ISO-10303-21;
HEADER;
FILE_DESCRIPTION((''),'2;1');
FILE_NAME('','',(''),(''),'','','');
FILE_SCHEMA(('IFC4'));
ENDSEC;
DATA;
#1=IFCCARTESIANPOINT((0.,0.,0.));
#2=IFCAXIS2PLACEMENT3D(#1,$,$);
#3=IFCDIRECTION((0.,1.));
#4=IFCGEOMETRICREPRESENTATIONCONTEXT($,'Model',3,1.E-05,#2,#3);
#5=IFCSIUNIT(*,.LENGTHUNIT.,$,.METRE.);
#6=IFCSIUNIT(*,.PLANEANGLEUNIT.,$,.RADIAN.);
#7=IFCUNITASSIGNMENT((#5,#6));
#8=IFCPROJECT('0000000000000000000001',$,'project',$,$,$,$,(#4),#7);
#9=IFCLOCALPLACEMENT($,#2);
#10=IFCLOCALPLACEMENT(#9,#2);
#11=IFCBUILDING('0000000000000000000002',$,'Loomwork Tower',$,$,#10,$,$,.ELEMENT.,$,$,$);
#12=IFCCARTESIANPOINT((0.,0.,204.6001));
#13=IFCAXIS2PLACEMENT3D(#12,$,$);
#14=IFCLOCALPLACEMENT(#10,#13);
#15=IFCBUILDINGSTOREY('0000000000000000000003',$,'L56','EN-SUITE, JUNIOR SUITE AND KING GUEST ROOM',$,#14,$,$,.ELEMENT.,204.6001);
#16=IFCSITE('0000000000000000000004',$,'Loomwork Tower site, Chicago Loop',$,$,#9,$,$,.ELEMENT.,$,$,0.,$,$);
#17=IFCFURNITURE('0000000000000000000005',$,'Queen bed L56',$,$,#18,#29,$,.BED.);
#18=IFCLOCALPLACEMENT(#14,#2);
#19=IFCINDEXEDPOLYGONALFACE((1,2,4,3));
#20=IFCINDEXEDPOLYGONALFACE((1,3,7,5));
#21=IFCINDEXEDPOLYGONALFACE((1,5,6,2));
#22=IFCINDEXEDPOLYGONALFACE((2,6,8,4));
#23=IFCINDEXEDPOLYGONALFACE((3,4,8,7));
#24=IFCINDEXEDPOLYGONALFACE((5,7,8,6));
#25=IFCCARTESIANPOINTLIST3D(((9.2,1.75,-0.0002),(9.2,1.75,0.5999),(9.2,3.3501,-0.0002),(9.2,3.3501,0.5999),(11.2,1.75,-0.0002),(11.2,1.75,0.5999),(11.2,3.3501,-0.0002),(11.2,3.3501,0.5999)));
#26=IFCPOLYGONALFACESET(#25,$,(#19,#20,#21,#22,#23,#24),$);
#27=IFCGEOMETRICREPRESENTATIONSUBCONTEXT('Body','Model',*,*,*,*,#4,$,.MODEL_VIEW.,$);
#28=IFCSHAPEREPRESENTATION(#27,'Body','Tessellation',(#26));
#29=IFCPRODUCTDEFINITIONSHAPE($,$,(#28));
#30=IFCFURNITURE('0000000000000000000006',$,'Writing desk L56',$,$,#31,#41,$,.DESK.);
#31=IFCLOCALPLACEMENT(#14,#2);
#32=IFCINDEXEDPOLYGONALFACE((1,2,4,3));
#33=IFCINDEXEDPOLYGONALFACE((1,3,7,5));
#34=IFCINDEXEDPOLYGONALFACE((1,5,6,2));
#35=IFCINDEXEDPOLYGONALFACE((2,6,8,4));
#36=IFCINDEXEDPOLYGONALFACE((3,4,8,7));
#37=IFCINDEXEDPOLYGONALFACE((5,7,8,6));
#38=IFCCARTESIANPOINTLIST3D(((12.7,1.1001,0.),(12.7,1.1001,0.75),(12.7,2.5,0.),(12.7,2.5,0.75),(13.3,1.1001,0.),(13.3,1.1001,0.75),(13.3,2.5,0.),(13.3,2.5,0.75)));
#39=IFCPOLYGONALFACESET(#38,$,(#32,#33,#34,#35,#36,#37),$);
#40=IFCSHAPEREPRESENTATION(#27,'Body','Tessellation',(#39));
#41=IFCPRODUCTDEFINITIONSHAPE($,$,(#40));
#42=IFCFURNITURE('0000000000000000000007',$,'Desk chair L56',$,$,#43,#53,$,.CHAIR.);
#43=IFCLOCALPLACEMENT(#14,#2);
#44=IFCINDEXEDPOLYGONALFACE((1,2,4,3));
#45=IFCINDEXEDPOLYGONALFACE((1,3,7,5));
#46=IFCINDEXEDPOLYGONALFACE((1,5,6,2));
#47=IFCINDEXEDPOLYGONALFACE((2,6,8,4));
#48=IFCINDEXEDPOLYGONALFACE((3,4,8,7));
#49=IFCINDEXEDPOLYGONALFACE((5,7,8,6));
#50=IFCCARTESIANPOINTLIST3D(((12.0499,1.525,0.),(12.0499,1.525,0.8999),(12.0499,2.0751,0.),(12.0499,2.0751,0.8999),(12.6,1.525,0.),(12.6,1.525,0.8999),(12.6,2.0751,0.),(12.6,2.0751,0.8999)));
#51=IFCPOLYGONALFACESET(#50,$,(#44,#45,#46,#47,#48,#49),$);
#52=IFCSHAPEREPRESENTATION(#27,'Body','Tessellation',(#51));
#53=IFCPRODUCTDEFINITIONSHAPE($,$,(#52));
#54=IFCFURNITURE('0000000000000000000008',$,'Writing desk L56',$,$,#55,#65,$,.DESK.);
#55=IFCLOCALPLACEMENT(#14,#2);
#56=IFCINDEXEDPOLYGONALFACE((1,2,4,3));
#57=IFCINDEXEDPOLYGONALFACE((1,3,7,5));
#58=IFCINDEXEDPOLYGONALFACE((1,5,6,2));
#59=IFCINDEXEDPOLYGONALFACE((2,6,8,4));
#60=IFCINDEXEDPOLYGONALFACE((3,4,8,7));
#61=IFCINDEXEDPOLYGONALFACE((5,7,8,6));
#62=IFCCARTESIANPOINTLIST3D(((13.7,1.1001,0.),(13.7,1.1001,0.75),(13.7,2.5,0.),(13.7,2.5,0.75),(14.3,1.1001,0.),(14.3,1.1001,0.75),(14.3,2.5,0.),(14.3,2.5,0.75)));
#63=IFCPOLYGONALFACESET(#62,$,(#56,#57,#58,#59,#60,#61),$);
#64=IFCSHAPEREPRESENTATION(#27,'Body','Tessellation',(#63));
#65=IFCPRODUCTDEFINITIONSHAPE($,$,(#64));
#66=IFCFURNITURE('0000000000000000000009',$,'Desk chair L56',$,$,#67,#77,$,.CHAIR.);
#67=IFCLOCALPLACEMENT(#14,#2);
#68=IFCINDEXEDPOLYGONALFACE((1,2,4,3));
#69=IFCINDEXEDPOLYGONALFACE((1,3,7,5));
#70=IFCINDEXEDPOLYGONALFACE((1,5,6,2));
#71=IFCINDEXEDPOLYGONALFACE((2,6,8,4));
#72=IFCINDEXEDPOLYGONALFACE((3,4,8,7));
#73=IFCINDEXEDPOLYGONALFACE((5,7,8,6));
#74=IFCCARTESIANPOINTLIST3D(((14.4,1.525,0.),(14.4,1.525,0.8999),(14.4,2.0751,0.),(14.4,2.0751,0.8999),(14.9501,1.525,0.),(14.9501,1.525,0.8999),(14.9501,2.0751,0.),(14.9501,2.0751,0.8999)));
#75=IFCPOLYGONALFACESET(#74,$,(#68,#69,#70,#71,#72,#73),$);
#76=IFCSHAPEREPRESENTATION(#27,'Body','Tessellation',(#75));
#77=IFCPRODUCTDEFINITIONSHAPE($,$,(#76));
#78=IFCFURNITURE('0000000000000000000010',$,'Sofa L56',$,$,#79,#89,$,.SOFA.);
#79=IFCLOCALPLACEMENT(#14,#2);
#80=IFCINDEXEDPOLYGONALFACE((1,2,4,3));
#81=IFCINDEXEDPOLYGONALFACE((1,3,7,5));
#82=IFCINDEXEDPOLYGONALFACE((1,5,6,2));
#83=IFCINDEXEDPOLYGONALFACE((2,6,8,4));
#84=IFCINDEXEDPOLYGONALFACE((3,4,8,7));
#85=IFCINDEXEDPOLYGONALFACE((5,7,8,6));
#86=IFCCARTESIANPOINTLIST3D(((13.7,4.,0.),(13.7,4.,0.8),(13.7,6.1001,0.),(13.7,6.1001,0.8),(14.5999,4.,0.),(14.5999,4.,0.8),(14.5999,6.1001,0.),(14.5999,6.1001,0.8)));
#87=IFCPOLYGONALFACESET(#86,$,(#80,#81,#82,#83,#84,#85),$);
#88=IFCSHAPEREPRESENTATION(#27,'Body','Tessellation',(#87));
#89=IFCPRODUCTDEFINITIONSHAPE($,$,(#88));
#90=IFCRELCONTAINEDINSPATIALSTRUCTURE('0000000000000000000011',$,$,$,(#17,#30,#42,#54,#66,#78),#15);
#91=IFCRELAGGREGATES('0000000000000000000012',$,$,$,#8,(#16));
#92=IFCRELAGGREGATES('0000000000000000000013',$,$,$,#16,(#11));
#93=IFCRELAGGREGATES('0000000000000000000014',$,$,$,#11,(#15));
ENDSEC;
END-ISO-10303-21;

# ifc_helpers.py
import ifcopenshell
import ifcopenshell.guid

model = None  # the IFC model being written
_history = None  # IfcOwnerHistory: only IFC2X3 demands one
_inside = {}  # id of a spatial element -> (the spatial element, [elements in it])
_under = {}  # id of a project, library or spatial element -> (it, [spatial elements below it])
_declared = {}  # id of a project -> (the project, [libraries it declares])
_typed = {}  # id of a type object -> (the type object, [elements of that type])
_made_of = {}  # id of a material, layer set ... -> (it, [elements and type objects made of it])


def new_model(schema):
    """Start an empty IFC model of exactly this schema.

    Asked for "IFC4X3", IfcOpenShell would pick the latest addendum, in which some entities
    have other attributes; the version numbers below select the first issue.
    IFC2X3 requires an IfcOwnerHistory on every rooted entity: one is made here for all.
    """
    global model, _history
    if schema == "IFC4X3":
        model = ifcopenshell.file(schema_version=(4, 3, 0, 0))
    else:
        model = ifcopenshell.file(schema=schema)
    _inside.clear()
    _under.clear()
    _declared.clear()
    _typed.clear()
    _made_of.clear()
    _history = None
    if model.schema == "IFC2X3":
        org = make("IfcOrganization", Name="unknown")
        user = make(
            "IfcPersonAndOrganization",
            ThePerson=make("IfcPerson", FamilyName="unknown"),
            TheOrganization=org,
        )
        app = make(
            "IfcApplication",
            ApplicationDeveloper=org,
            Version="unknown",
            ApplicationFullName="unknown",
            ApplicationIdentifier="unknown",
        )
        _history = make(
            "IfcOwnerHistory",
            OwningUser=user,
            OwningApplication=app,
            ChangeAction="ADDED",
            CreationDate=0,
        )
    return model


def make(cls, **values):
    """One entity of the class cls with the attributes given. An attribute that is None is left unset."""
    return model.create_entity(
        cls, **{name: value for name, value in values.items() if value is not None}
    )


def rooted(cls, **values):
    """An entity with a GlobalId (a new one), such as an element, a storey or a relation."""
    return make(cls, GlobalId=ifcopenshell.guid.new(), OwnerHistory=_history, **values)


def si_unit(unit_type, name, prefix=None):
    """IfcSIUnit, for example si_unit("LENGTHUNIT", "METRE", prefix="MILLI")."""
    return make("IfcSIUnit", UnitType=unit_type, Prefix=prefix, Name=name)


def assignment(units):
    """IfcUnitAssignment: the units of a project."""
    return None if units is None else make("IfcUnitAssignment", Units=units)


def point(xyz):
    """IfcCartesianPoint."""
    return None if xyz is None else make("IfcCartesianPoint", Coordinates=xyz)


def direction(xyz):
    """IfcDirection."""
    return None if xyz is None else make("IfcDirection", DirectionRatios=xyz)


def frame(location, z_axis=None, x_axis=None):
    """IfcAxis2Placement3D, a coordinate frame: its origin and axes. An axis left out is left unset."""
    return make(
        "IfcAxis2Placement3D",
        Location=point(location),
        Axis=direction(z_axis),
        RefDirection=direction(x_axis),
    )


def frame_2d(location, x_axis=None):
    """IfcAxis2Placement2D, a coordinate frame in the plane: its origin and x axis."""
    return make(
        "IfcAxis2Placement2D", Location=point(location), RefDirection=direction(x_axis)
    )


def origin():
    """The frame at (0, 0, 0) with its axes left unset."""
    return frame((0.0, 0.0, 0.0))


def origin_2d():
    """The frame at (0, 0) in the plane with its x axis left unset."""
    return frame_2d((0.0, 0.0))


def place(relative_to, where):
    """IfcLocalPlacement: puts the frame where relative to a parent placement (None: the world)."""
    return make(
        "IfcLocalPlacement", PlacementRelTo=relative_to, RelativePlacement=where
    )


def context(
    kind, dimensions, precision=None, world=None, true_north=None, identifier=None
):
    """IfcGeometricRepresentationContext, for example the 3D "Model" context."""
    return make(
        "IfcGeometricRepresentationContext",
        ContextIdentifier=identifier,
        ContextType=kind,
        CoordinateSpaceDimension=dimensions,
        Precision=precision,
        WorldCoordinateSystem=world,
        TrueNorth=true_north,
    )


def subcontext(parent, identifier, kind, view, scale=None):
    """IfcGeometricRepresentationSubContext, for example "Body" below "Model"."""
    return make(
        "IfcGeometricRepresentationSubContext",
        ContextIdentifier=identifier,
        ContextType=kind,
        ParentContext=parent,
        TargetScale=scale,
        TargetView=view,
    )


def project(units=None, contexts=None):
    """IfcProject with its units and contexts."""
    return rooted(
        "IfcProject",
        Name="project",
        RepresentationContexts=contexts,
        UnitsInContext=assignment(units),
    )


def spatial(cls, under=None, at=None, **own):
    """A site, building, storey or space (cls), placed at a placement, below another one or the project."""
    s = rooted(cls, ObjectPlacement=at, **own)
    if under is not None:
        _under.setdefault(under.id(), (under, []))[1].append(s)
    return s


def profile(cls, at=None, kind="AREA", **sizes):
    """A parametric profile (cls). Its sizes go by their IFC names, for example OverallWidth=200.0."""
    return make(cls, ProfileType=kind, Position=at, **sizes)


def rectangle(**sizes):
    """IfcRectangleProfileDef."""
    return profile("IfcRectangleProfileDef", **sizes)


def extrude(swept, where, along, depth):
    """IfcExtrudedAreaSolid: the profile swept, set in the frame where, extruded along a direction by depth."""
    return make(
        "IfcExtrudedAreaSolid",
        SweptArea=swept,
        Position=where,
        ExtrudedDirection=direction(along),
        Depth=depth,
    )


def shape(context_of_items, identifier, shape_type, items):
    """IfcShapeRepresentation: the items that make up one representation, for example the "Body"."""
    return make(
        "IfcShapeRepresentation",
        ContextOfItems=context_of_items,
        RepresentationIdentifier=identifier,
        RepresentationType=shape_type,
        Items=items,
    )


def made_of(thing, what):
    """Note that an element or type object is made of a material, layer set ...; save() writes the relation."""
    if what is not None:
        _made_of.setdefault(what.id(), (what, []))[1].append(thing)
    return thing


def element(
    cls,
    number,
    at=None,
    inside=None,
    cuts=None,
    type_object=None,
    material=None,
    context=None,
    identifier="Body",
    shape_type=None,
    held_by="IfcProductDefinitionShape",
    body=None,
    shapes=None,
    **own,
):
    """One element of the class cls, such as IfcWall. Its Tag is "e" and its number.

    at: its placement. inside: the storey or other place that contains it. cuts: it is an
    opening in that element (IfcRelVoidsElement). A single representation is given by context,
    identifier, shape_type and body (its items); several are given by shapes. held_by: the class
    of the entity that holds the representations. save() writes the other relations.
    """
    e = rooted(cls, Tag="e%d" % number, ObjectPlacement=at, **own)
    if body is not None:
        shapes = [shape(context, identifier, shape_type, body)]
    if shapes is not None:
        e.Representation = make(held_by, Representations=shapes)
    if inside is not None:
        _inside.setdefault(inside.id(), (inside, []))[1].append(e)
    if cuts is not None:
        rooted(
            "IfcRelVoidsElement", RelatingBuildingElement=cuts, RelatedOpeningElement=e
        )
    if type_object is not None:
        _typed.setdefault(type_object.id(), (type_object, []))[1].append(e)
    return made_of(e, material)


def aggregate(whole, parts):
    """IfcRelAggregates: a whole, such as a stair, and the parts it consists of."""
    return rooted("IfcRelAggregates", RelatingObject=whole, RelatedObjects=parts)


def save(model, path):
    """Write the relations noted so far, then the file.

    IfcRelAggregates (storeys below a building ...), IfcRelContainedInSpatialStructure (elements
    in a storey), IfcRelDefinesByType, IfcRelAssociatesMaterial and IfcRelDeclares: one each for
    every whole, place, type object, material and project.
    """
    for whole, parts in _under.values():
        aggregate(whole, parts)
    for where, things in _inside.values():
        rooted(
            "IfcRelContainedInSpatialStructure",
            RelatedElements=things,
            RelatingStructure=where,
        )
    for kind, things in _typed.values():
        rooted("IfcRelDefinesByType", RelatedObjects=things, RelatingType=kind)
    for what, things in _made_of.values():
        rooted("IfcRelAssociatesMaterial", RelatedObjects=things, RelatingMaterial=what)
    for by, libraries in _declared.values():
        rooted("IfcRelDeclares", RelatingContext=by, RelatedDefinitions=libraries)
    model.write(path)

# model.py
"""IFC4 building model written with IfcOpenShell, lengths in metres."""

from ifc_helpers import new_model, si_unit, direction, frame, origin, origin_2d, place, context, subcontext, project, spatial, rectangle, extrude, element, save


model = new_model("IFC4")

# Units and contexts
model_context = context("Model", 3, precision=1e-05, world=origin(), true_north=direction((0.0, 1.0)))
body_context = subcontext(model_context, "Body", "Model", "MODEL_VIEW")
ifc_project = project(units=[si_unit("LENGTHUNIT", "METRE"), si_unit("PLANEANGLEUNIT", "RADIAN")], contexts=[model_context])

# Site, building, storey
site_placement = place(None, origin())
site = spatial("IfcSite", under=ifc_project, at=site_placement, Name="Loomwork Tower site, Chicago Loop", CompositionType="ELEMENT", RefElevation=0.0)
building_placement = place(site_placement, origin())
building = spatial("IfcBuilding", under=site, at=building_placement, Name="Loomwork Tower", CompositionType="ELEMENT")
storey_placement = place(building_placement, frame((0.0, 0.0, 204.6001)))
storey = spatial("IfcBuildingStorey", under=building, at=storey_placement, Name="L56", Description="EN-SUITE, JUNIOR SUITE AND KING GUEST ROOM", CompositionType="ELEMENT", Elevation=204.6001)

# Furniture
for number, where, z_axis, x_axis, name in (
    (1, (10.2, 2.55, -0.0002), (0.0, 0.0, 1.0), (1.0, 0.0, 0.0), "Queen bed L56"),
):
    element("IfcFurniture", number, at=place(storey_placement, frame(where, z_axis=z_axis, x_axis=x_axis)), inside=storey, Name=name, PredefinedType="BED", context=body_context, shape_type="SweptSolid", body=[
        extrude(rectangle(XDim=2.0, YDim=1.6001, at=origin_2d()), origin(), (0.0, 0.0, 1.0), 0.6001),
    ])
furniture_1_placement = place(storey_placement, frame((13.0, 1.8, 0.0), z_axis=(0.0, 0.0, 1.0), x_axis=(1.0, 0.0, 0.0)))
element("IfcFurniture", 2, at=furniture_1_placement, inside=storey, Name="Writing desk L56", PredefinedType="DESK", context=body_context, shape_type="SweptSolid", body=[
    extrude(rectangle(XDim=0.6001, YDim=1.3999, at=origin_2d()), origin(), (0.0, 0.0, 1.0), 0.75),
])
furniture_2_placement = place(storey_placement, frame((12.325, 1.8, 0.0), z_axis=(0.0, 0.0, 1.0), x_axis=(1.0, 0.0, 0.0)))
element("IfcFurniture", 3, at=furniture_2_placement, inside=storey, Name="Desk chair L56", PredefinedType="CHAIR", context=body_context, shape_type="SweptSolid", body=[
    extrude(rectangle(XDim=0.55, YDim=0.55, at=origin_2d()), origin(), (0.0, 0.0, 1.0), 0.8999),
])
furniture_3_placement = place(storey_placement, frame((14.0, 1.8, 0.0), z_axis=(0.0, 0.0, 1.0), x_axis=(1.0, 0.0, 0.0)))
element("IfcFurniture", 4, at=furniture_3_placement, inside=storey, Name="Writing desk L56", PredefinedType="DESK", context=body_context, shape_type="SweptSolid", body=[
    extrude(rectangle(XDim=0.6001, YDim=1.3999, at=origin_2d()), origin(), (0.0, 0.0, 1.0), 0.75),
])
furniture_4_placement = place(storey_placement, frame((14.675, 1.8, 0.0), z_axis=(0.0, 0.0, 1.0), x_axis=(1.0, 0.0, 0.0)))
element("IfcFurniture", 5, at=furniture_4_placement, inside=storey, Name="Desk chair L56", PredefinedType="CHAIR", context=body_context, shape_type="SweptSolid", body=[
    extrude(rectangle(XDim=0.55, YDim=0.55, at=origin_2d()), origin(), (0.0, 0.0, 1.0), 0.8999),
])
furniture_5_placement = place(storey_placement, frame((14.1499, 5.05, 0.0), z_axis=(0.0, 0.0, 1.0), x_axis=(1.0, 0.0, 0.0)))
element("IfcFurniture", 6, at=furniture_5_placement, inside=storey, Name="Sofa L56", PredefinedType="SOFA", context=body_context, shape_type="SweptSolid", body=[
    extrude(rectangle(XDim=0.8999, YDim=2.1001, at=origin_2d()), origin(), (0.0, 0.0, 1.0), 0.8),
])

save(model, "model.ifc")
